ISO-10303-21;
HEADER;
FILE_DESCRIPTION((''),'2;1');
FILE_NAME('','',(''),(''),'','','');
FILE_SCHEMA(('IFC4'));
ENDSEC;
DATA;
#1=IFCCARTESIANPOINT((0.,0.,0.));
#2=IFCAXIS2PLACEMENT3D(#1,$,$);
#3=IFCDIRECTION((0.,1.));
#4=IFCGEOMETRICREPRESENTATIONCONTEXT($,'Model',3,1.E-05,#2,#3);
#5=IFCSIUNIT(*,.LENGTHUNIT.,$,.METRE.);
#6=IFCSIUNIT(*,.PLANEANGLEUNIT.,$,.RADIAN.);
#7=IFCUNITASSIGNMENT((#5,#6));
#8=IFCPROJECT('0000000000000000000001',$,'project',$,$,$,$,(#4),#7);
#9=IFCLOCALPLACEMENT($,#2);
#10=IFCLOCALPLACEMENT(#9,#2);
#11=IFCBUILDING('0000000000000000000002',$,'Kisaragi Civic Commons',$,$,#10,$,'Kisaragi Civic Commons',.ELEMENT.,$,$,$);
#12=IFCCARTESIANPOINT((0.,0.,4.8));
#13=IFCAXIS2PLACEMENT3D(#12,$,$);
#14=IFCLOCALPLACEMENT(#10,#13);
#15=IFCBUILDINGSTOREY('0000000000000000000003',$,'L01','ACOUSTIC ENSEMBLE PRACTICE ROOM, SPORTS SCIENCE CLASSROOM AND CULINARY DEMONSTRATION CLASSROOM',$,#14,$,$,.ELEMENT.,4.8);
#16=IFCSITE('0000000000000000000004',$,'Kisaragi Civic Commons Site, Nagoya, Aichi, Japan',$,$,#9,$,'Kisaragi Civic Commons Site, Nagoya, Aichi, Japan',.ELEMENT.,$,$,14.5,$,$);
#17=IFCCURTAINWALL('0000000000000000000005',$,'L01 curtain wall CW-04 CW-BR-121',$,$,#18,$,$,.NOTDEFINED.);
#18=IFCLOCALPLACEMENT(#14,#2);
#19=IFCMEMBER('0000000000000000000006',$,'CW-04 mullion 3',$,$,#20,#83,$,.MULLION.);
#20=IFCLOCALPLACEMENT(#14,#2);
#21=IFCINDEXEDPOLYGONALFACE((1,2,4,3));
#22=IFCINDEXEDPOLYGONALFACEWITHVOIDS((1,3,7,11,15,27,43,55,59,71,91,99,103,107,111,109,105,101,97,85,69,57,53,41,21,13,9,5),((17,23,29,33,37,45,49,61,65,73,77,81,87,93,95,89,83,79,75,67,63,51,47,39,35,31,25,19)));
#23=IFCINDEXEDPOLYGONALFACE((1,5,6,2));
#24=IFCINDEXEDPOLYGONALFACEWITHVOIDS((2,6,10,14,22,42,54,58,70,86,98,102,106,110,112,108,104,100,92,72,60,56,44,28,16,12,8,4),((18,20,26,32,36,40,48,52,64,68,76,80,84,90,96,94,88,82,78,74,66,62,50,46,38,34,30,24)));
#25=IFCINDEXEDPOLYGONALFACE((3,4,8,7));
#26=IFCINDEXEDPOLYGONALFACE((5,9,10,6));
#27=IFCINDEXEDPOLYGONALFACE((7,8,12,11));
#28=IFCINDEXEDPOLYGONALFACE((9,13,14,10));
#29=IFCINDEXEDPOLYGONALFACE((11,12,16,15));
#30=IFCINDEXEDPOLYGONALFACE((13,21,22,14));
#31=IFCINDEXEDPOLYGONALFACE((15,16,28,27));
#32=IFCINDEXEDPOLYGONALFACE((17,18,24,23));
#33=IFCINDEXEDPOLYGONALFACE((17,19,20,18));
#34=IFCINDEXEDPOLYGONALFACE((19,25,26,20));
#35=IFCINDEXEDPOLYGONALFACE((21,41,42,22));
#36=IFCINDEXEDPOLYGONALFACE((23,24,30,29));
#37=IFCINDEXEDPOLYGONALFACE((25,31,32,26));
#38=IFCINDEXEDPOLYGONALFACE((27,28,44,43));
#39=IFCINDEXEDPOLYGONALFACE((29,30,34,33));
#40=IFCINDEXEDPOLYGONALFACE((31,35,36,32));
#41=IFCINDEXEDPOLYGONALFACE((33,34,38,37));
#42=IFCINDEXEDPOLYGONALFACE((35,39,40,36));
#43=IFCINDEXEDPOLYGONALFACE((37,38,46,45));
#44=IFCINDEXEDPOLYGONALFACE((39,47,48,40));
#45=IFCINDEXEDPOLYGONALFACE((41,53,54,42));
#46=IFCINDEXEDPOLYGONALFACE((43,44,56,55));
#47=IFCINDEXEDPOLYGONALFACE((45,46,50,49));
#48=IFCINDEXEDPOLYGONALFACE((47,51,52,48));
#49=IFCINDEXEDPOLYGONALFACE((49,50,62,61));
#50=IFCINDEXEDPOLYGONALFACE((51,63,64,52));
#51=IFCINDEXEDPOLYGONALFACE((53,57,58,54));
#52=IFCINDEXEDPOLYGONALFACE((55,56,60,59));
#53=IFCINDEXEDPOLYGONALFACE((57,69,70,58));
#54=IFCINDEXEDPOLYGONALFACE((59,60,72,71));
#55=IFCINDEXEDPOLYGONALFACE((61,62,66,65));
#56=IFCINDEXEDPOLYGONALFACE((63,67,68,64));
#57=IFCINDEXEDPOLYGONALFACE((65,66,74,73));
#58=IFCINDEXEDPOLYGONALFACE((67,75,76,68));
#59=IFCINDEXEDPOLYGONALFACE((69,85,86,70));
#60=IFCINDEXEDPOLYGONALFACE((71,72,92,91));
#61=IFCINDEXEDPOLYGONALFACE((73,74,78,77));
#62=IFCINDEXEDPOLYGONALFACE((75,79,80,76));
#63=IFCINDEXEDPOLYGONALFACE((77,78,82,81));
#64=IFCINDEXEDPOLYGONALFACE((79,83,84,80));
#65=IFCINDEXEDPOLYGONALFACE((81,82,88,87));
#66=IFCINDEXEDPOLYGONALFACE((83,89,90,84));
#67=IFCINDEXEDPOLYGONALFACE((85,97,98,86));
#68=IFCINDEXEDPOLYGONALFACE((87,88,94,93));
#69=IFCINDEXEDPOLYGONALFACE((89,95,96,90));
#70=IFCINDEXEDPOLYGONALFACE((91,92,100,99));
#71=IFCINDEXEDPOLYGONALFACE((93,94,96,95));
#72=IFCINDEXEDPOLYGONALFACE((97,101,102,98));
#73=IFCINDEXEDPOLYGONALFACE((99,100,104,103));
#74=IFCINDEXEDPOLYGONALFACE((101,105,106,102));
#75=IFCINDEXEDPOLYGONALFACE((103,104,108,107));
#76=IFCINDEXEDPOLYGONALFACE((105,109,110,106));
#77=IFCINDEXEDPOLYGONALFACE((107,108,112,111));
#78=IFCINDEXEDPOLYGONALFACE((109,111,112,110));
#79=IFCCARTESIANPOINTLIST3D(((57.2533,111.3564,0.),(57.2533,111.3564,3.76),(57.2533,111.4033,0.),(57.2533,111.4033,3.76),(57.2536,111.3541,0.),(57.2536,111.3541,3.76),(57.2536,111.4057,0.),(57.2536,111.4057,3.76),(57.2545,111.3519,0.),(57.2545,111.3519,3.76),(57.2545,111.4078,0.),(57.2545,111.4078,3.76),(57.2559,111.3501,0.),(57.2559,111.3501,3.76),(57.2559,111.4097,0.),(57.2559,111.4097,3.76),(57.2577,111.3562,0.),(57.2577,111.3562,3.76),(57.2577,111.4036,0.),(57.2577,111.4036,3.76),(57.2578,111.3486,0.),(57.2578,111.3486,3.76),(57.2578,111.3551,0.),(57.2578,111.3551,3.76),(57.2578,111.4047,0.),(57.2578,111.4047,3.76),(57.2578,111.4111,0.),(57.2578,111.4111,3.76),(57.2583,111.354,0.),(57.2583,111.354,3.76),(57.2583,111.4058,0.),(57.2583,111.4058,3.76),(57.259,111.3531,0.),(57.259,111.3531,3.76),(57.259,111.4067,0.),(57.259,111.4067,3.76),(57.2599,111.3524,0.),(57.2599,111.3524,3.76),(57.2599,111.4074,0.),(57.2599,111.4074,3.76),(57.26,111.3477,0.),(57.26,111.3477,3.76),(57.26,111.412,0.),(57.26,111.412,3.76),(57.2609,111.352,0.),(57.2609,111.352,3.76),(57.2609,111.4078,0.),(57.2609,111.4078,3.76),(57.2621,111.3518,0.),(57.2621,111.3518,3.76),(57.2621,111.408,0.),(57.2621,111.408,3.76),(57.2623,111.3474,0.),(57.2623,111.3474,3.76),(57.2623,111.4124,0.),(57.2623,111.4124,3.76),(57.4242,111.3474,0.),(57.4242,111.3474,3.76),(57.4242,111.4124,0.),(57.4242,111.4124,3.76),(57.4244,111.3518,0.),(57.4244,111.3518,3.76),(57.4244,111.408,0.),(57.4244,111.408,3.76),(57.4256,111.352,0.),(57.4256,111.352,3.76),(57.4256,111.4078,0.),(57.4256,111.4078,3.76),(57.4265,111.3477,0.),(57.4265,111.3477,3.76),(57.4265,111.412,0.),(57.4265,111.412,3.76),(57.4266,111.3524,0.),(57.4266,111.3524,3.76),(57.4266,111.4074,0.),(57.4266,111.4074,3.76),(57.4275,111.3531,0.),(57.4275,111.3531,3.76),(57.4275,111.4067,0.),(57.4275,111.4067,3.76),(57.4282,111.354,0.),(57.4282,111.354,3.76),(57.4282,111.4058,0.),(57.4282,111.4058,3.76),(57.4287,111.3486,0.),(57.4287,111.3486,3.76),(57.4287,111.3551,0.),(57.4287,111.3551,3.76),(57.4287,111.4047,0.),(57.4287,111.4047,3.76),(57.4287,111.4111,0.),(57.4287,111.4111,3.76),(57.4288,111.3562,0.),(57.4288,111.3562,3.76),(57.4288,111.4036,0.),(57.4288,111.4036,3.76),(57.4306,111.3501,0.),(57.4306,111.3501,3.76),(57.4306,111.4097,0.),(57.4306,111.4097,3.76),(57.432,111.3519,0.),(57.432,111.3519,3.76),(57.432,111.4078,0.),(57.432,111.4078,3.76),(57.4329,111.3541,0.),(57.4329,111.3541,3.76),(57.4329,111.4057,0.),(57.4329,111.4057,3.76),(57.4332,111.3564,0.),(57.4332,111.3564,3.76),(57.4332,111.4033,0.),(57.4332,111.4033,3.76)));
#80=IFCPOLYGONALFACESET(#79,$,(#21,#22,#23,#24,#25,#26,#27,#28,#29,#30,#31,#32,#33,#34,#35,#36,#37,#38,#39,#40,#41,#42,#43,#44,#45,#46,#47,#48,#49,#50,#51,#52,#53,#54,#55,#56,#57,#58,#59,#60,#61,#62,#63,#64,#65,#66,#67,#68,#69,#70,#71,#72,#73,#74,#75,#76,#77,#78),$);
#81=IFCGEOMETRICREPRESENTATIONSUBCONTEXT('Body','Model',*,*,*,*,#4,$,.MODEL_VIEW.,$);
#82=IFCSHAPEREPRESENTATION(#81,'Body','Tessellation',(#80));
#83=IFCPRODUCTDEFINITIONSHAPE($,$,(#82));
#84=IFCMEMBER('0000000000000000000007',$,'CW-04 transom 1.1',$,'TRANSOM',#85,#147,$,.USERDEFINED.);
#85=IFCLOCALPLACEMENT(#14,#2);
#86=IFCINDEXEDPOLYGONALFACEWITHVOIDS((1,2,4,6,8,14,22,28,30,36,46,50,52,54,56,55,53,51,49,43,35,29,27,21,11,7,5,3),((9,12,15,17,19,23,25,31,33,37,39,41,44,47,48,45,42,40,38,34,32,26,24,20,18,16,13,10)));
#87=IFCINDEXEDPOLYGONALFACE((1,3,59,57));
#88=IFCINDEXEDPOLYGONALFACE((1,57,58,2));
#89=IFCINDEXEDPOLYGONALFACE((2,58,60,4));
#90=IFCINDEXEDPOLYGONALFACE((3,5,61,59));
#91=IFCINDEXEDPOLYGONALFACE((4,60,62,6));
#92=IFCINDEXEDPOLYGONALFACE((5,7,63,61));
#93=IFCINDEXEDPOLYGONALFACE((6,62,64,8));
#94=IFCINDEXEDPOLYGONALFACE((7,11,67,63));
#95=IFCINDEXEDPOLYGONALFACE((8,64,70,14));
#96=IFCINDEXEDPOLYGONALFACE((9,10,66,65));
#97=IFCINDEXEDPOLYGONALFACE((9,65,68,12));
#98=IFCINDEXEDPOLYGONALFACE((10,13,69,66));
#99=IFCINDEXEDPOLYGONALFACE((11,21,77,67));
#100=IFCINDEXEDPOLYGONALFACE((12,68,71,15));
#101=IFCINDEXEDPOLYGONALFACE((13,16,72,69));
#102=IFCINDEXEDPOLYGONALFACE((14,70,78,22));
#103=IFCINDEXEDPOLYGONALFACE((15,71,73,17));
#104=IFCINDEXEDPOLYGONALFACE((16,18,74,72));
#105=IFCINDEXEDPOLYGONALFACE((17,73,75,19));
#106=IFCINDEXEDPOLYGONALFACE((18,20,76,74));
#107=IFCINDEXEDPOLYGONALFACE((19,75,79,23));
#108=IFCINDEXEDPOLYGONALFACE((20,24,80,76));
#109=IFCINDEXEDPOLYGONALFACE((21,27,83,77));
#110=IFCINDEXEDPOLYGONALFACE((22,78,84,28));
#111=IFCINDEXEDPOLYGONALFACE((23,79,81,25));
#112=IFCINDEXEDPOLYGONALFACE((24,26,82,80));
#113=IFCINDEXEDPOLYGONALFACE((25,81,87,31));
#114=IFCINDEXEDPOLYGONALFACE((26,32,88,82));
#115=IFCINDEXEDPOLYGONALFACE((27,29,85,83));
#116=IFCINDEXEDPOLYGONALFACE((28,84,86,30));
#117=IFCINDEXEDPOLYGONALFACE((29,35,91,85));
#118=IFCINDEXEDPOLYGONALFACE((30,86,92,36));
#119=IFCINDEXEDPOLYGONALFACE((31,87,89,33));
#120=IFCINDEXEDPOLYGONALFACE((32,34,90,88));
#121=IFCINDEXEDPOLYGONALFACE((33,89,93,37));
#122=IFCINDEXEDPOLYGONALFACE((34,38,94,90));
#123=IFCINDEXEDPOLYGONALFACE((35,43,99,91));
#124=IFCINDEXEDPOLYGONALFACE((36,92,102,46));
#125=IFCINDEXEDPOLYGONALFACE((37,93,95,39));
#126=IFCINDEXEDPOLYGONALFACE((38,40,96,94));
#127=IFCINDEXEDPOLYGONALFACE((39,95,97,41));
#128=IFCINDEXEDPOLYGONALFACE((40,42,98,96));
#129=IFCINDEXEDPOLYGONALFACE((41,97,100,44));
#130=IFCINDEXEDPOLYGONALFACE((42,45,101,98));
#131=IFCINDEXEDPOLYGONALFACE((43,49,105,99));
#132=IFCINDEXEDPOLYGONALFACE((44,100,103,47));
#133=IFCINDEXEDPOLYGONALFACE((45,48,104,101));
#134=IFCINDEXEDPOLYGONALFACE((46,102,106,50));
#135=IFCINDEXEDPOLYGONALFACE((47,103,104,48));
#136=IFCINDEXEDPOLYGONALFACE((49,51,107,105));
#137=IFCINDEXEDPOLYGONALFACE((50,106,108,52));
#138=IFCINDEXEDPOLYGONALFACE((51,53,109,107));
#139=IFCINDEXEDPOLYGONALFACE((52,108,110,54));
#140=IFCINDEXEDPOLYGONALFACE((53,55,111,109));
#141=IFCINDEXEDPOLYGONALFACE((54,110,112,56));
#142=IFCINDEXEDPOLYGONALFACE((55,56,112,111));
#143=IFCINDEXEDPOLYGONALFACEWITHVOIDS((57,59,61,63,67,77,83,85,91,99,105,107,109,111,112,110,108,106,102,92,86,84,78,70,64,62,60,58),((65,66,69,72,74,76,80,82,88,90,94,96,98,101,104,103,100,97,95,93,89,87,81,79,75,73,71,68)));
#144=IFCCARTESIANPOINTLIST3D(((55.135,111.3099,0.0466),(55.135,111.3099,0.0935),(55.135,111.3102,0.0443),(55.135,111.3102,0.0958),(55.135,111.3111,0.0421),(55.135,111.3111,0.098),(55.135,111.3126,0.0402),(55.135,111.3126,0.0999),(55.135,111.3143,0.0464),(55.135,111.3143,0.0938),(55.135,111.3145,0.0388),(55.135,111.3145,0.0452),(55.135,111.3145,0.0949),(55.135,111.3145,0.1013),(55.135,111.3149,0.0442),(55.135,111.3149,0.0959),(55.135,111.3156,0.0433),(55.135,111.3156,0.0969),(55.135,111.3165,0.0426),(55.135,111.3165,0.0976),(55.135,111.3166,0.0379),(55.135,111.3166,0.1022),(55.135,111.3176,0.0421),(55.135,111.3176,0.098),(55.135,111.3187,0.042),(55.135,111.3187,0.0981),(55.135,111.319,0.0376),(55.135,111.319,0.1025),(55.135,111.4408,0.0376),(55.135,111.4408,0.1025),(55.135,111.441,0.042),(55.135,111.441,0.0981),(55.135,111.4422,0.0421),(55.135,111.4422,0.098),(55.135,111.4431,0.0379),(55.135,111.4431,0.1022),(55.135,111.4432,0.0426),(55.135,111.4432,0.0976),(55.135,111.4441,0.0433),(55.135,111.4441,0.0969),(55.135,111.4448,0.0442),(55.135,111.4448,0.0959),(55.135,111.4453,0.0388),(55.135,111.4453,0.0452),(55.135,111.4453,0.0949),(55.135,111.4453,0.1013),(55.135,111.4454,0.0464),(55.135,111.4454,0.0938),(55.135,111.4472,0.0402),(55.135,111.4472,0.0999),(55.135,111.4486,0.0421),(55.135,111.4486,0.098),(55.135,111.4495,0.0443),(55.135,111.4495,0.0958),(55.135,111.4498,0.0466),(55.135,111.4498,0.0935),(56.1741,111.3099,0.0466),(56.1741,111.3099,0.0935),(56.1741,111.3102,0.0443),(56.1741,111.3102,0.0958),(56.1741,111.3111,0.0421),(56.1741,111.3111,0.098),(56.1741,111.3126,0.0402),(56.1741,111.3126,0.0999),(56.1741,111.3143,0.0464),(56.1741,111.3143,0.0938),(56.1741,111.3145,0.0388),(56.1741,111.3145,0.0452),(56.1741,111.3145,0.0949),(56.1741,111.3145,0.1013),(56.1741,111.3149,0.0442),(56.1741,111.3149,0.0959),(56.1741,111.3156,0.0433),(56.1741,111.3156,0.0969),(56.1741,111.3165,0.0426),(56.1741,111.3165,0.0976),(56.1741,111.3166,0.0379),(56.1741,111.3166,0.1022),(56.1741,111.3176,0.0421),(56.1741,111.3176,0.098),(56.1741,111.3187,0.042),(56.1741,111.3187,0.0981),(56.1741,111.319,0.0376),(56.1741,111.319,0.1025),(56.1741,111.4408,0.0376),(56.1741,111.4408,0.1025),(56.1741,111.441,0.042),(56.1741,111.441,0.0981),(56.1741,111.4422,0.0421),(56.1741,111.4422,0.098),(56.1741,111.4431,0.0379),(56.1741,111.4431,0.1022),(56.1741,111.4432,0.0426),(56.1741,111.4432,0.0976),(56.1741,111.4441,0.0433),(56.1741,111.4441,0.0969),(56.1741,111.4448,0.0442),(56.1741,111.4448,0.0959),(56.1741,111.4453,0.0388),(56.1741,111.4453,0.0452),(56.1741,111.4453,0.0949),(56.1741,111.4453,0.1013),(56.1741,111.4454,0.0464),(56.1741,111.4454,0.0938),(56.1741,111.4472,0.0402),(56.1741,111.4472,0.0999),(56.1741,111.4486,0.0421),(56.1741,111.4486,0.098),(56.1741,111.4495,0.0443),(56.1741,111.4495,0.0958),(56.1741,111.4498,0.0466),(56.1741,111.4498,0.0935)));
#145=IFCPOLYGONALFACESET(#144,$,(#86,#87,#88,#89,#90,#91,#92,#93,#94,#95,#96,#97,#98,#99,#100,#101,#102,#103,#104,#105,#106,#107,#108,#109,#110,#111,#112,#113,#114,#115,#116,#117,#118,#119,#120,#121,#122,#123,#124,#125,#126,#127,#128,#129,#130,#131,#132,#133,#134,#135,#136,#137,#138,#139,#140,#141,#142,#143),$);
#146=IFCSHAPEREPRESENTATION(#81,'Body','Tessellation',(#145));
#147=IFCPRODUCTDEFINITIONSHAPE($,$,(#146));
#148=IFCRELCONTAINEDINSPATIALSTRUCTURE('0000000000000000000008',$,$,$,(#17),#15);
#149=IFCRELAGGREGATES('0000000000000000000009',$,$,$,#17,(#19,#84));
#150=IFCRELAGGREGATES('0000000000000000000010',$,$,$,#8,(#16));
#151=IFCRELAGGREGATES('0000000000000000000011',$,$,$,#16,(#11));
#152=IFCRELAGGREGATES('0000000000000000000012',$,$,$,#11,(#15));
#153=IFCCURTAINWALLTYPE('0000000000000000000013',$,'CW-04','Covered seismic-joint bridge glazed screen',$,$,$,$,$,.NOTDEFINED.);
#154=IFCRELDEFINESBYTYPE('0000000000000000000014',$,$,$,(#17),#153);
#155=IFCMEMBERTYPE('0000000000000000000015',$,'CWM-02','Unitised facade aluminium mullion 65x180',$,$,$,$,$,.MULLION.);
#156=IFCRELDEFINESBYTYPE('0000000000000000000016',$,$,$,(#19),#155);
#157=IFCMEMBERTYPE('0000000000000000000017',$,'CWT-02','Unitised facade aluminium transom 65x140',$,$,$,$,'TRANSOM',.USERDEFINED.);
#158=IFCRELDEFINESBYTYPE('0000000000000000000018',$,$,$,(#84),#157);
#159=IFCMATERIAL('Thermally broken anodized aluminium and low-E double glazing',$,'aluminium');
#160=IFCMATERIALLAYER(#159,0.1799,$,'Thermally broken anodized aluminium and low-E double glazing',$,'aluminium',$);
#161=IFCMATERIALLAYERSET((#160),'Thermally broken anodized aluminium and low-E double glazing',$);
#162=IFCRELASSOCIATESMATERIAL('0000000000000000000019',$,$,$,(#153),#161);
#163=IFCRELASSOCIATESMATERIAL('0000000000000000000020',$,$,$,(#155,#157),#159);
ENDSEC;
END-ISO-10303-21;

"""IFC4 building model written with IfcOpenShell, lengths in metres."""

from ifc_helpers import new_model, si_unit, direction, frame, origin, origin_2d, place, context, subcontext, project, spatial, hollow_rectangle, extrude, material, layer, layer_set, material_profile, profile_set, type_object, element, aggregate, save


model = new_model("IFC4")

# Units and contexts
model_context = context("Model", 3, precision=1e-05, world=origin(), true_north=direction((0.0, 1.0)))
body_context = subcontext(model_context, "Body", "Model", "MODEL_VIEW")
ifc_project = project(units=[si_unit("LENGTHUNIT", "METRE"), si_unit("PLANEANGLEUNIT", "RADIAN")], contexts=[model_context])

# Site, building, storey
site_placement = place(None, origin())
site = spatial("IfcSite", under=ifc_project, at=site_placement, Name="Kisaragi Civic Commons Site, Nagoya, Aichi, Japan", LongName="Kisaragi Civic Commons Site, Nagoya, Aichi, Japan", CompositionType="ELEMENT", RefElevation=14.5)
building_placement = place(site_placement, origin())
building = spatial("IfcBuilding", under=site, at=building_placement, Name="Kisaragi Civic Commons", LongName="Kisaragi Civic Commons", CompositionType="ELEMENT")
storey_placement = place(building_placement, frame((0.0, 0.0, 4.8)))
storey = spatial("IfcBuildingStorey", under=building, at=storey_placement, Name="L01", Description="ACOUSTIC ENSEMBLE PRACTICE ROOM, SPORTS SCIENCE CLASSROOM AND CULINARY DEMONSTRATION CLASSROOM", CompositionType="ELEMENT", Elevation=4.8)

# Curtain wall, members
ifc_material = material(Name="Thermally broken anodized aluminium and low-E double glazing", Category="aluminium")
ifc_layer_1 = layer(ifc_material, 0.1799, Name="Thermally broken anodized aluminium and low-E double glazing", Category="aluminium")
ifc_layer_set_1 = layer_set([ifc_layer_1], Name="Thermally broken anodized aluminium and low-E double glazing")
curtain_wall_type = type_object("IfcCurtainWallType", Name="CW-04", Description="Covered seismic-joint bridge glazed screen", PredefinedType="NOTDEFINED", material=ifc_layer_set_1)
curtain_wall_1_placement = place(storey_placement, origin())
curtain_wall_1 = element("IfcCurtainWall", 1, at=curtain_wall_1_placement, inside=storey, type_object=curtain_wall_type, Name="L01 curtain wall CW-04 CW-BR-121", PredefinedType="NOTDEFINED")
ifc_material_profile_1 = material_profile(ifc_material, hollow_rectangle(XDim=0.0649, YDim=0.1799, WallThickness=0.0044, InnerFilletRadius=0.0044, OuterFilletRadius=0.009, at=origin_2d()), Name="CWM-65x180x4.5", Category="aluminium")
ifc_profile_set_1 = profile_set([ifc_material_profile_1], Name="Thermally broken anodized aluminium and low-E double glazing")
member_type_1 = type_object("IfcMemberType", Name="CWM-02", Description="Unitised facade aluminium mullion 65x180", PredefinedType="MULLION", material=ifc_profile_set_1)
member_1_placement = place(storey_placement, frame((57.3433, 111.3799, 0.0), z_axis=(0.0, 0.0, 1.0), x_axis=(0.0, 1.0, 0.0)))
member_1 = element("IfcMember", 2, at=member_1_placement, type_object=member_type_1, Name="CW-04 mullion 3", PredefinedType="MULLION", context=body_context, shape_type="SweptSolid", body=[
    extrude(hollow_rectangle(XDim=0.0649, YDim=0.1799, WallThickness=0.0044, InnerFilletRadius=0.0044, OuterFilletRadius=0.009, at=origin_2d()), origin(), (0.0, 0.0, 1.0), 3.76),
])
ifc_material_profile_2 = material_profile(ifc_material, hollow_rectangle(XDim=0.1399, YDim=0.0649, WallThickness=0.0044, InnerFilletRadius=0.0044, OuterFilletRadius=0.009, at=origin_2d()), Name="CWT-65x140x4.5", Category="aluminium")
ifc_profile_set_2 = profile_set([ifc_material_profile_2], Name="Thermally broken anodized aluminium and low-E double glazing")
member_type_2 = type_object("IfcMemberType", Name="CWT-02", Description="Unitised facade aluminium transom 65x140", ElementType="TRANSOM", PredefinedType="USERDEFINED", material=ifc_profile_set_2)
member_2_placement = place(storey_placement, frame((55.135, 111.3799, 0.0701), z_axis=(1.0, 0.0, 0.0), x_axis=(0.0, 1.0, 0.0)))
member_2 = element("IfcMember", 3, at=member_2_placement, type_object=member_type_2, Name="CW-04 transom 1.1", ObjectType="TRANSOM", PredefinedType="USERDEFINED", context=body_context, shape_type="SweptSolid", body=[
    extrude(hollow_rectangle(XDim=0.1399, YDim=0.0649, WallThickness=0.0044, InnerFilletRadius=0.0044, OuterFilletRadius=0.009, at=origin_2d()), origin(), (0.0, 0.0, 1.0), 1.0391),
])

aggregate(curtain_wall_1, [member_1, member_2])

save(model, "model.ifc")
